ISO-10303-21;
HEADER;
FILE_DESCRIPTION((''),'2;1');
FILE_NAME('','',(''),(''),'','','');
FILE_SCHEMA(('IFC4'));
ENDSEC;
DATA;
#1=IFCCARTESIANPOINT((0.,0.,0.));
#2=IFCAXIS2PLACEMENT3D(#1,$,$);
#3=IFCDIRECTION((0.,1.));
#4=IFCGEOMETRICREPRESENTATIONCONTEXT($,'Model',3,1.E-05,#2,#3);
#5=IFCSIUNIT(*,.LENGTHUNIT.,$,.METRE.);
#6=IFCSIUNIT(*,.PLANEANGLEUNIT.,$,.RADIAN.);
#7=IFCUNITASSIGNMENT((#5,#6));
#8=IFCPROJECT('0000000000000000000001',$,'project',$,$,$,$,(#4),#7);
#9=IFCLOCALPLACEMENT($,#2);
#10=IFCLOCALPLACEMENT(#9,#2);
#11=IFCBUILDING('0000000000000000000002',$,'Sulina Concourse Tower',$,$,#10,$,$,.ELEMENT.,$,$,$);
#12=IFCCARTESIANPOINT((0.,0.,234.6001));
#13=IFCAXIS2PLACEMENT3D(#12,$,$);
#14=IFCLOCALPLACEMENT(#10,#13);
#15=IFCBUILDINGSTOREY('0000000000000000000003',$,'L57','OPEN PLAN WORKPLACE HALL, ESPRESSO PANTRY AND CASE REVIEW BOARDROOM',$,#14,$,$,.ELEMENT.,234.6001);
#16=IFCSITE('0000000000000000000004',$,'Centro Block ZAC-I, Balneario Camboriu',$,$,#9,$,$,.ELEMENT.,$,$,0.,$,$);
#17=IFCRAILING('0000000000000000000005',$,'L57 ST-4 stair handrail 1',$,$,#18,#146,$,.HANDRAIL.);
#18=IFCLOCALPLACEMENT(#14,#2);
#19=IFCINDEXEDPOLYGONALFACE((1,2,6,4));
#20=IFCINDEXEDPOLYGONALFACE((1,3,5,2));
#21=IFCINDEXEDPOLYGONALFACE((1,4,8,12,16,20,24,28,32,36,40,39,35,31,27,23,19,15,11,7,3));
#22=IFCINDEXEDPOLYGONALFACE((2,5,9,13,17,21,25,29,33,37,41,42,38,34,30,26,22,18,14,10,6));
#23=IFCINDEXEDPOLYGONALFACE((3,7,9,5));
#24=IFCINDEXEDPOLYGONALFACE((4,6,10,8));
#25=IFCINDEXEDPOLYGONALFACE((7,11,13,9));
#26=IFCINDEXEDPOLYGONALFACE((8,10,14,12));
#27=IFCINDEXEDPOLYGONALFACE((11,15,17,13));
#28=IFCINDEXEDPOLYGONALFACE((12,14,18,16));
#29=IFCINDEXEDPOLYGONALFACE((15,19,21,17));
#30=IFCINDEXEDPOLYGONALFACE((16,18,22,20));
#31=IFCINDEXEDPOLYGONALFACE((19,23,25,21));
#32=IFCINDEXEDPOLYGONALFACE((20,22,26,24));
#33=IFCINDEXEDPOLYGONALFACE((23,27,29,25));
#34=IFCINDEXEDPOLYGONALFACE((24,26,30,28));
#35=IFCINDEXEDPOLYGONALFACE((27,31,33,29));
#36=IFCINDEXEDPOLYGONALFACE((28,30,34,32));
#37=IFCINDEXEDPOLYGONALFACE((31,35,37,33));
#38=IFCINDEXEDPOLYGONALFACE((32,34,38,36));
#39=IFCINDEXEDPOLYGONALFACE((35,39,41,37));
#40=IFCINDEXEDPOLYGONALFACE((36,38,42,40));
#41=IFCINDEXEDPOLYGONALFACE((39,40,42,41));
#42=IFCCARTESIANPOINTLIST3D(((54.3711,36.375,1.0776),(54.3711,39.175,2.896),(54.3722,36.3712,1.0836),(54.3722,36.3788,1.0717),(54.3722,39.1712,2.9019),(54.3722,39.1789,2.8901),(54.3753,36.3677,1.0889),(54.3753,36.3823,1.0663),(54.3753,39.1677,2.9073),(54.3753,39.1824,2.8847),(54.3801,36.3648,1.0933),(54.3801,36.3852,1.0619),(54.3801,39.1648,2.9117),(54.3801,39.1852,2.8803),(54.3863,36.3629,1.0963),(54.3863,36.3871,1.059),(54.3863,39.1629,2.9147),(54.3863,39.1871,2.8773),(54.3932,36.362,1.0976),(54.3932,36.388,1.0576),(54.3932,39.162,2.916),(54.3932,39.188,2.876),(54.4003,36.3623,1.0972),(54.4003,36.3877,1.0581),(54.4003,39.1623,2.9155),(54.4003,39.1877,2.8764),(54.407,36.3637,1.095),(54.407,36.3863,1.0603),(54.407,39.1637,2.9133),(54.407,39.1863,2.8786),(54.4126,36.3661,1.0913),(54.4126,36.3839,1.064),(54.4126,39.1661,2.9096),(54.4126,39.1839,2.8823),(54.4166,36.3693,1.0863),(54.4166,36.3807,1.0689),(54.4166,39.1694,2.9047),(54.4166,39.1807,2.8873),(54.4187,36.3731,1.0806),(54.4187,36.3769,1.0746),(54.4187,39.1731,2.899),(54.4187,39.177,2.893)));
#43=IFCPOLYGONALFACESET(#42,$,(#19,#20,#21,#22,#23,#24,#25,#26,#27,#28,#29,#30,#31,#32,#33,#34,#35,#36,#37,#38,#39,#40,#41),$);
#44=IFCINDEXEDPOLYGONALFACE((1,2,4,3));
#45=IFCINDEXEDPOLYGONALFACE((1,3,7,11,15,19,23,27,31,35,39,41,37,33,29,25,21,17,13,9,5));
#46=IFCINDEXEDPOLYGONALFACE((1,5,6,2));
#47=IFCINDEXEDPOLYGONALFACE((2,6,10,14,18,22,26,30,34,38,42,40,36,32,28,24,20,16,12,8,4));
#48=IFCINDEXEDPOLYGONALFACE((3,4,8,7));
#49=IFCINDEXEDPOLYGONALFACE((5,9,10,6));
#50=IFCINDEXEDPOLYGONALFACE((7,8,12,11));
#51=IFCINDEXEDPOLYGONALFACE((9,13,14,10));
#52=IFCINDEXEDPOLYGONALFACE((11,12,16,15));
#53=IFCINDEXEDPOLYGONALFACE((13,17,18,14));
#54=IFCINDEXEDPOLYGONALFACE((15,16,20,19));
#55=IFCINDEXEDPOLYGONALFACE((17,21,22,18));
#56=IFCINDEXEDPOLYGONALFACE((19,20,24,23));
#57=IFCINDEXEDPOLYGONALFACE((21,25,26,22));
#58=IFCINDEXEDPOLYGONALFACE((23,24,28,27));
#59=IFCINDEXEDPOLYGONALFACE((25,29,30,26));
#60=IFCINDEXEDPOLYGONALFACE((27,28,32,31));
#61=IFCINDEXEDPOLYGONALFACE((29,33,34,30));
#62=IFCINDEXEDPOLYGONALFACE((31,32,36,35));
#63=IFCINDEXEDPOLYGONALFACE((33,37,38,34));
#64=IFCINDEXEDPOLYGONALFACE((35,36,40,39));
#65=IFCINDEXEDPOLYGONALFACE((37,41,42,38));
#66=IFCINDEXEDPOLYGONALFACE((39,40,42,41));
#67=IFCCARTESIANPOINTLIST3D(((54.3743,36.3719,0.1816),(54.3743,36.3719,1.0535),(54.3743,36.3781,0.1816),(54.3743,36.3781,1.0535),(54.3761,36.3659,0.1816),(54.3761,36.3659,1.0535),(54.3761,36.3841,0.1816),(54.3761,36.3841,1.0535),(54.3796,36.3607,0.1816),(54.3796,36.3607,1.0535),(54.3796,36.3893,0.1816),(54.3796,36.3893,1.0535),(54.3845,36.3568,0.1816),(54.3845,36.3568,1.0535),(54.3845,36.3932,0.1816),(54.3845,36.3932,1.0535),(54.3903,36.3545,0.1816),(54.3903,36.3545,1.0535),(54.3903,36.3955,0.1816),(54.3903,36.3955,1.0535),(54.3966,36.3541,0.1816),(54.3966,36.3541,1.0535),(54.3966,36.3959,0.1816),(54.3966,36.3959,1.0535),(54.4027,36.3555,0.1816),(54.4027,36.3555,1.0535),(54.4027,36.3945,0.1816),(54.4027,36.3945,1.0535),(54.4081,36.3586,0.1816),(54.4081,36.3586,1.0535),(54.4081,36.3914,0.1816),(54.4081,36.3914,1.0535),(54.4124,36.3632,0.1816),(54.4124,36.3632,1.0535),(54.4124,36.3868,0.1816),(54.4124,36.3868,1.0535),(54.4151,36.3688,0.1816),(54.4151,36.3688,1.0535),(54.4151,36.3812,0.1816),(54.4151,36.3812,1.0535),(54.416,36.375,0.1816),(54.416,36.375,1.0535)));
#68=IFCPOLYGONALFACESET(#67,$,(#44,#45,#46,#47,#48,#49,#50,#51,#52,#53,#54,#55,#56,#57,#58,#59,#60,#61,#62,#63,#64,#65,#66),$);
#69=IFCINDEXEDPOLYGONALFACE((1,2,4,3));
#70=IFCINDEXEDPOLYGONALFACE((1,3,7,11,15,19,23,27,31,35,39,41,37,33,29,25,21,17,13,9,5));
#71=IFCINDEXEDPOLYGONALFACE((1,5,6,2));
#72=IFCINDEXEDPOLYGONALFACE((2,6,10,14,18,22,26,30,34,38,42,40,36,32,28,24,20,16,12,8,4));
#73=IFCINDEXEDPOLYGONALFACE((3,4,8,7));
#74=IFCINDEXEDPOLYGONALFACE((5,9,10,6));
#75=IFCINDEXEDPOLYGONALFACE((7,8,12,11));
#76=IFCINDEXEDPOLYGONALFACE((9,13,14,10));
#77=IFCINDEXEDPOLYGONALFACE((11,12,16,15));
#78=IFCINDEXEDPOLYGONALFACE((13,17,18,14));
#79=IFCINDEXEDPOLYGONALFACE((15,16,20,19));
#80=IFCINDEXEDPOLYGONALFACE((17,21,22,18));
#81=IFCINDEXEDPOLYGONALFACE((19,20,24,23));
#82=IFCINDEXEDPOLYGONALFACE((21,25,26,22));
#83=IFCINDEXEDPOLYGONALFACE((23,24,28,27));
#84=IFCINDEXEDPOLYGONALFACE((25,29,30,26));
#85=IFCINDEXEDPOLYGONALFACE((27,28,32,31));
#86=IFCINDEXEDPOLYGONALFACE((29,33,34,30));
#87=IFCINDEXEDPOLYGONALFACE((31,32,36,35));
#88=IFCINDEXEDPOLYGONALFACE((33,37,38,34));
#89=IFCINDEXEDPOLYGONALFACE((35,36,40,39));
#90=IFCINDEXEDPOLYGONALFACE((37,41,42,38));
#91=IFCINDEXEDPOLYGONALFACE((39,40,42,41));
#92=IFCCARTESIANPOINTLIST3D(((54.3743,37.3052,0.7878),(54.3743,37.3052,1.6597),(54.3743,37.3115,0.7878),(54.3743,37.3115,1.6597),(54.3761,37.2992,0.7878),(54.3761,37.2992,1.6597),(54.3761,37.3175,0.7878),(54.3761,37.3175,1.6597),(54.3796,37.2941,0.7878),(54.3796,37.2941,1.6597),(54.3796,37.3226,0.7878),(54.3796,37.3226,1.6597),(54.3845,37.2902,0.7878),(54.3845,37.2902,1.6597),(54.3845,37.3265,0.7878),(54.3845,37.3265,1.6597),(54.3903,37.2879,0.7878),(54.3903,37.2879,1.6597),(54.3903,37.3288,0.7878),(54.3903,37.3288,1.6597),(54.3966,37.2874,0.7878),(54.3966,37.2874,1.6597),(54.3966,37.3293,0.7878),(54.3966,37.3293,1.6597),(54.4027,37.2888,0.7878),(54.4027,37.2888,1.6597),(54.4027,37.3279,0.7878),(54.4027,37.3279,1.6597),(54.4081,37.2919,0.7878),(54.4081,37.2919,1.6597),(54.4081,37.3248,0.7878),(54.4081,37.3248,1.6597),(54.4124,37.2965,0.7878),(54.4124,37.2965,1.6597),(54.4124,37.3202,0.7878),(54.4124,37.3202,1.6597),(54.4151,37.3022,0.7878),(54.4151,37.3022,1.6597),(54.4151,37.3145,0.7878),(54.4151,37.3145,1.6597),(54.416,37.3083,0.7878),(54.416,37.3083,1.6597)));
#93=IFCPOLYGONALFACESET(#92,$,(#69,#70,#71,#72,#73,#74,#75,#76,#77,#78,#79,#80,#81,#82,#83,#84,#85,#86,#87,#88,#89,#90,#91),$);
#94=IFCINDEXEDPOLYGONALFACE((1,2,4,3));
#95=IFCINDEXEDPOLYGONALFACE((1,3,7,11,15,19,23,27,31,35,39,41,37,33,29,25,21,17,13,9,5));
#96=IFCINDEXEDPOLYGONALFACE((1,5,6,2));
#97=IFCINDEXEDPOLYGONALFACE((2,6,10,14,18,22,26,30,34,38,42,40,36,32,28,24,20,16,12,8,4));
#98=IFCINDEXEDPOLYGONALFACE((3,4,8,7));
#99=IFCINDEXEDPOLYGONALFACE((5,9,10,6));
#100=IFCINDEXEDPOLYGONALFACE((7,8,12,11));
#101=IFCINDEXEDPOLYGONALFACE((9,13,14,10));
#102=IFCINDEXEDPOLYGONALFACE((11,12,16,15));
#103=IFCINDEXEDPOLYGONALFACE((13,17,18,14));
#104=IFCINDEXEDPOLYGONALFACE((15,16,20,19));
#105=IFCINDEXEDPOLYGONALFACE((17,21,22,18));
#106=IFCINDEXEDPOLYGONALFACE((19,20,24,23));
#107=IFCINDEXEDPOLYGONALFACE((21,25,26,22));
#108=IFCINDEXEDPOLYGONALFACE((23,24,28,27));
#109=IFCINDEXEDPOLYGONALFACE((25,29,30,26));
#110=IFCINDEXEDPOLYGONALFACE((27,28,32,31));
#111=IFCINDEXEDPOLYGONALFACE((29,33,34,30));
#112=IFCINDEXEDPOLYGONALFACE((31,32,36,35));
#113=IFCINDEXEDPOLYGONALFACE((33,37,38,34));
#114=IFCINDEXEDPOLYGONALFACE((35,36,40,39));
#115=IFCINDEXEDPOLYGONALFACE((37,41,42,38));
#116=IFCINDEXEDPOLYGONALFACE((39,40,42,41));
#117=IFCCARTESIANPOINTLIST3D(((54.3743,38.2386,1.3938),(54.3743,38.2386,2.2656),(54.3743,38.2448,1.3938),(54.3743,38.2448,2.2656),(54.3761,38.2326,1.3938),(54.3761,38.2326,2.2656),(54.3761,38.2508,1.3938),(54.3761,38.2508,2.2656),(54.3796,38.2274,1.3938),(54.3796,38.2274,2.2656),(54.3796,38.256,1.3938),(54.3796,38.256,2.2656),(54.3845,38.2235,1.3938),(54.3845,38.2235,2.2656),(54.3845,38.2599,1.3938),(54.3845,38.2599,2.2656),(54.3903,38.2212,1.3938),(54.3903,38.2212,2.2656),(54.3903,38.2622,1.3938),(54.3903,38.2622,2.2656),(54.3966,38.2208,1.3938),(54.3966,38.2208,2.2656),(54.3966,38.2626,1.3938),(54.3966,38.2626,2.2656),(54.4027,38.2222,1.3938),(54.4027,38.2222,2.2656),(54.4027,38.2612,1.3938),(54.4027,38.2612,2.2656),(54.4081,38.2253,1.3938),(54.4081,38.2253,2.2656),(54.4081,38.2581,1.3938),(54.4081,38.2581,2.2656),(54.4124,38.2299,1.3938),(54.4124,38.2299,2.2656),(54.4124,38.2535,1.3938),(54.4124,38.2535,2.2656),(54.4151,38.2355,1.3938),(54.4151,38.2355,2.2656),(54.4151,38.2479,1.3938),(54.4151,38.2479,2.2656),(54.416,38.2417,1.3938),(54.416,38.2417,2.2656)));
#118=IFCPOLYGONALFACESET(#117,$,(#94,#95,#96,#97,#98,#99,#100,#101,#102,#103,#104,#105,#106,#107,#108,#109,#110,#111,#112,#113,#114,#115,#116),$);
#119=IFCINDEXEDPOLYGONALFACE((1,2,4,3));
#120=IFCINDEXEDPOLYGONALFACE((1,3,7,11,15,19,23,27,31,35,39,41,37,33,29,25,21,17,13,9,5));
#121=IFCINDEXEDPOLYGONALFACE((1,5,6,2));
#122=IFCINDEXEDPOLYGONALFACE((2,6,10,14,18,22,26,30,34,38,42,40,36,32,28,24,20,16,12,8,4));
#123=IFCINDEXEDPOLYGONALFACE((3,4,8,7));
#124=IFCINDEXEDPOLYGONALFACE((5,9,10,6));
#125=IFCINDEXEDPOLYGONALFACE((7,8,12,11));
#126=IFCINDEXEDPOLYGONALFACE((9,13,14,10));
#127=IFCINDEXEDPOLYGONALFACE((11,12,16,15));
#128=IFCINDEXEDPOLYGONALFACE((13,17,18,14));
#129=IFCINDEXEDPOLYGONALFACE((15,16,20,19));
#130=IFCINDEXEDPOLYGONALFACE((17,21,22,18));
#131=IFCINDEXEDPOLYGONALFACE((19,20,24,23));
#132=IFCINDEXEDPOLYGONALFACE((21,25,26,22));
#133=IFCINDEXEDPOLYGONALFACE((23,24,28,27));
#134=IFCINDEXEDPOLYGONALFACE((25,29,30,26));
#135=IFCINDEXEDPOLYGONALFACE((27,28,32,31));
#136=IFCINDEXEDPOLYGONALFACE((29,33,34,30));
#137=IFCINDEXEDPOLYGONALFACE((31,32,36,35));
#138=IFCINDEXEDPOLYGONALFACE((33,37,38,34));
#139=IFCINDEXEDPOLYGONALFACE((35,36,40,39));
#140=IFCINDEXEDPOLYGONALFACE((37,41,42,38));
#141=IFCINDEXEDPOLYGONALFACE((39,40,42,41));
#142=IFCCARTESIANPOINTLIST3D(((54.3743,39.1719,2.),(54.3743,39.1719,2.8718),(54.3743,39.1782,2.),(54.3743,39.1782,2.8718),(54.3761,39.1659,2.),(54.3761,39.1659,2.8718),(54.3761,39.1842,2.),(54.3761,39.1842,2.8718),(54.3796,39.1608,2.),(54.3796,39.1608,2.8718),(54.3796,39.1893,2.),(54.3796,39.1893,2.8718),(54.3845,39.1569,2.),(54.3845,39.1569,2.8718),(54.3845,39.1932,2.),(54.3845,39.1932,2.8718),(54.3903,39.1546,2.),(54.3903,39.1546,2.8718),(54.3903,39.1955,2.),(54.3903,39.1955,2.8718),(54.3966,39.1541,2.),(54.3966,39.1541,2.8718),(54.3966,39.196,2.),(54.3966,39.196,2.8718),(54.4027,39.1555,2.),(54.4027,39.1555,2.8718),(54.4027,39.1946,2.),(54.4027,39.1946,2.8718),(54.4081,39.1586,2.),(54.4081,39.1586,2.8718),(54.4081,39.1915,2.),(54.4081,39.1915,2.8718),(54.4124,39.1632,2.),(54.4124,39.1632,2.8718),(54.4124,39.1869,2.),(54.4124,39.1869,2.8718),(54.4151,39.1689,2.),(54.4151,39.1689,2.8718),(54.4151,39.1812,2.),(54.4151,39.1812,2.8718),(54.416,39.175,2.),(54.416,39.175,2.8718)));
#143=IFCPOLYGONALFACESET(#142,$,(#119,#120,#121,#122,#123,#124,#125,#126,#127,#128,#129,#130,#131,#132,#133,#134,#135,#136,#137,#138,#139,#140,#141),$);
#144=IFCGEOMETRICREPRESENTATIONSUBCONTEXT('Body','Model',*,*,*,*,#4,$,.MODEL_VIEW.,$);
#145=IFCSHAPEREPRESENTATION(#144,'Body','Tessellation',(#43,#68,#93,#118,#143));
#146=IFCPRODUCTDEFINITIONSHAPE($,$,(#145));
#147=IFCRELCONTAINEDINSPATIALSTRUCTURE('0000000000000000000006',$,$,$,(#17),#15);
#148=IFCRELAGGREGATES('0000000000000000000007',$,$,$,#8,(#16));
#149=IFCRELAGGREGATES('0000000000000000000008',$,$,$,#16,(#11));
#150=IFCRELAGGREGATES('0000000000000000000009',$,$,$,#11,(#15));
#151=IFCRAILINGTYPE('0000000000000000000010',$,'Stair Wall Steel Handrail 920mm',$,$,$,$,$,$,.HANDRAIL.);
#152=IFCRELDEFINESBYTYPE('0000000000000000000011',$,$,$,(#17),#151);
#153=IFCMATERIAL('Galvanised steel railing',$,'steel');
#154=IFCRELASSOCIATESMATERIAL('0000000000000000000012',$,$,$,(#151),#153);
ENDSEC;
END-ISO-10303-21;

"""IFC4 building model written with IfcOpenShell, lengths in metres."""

from ifc_helpers import new_model, si_unit, direction, frame, origin, origin_2d, place, context, subcontext, project, spatial, circle, extrude, material, type_object, element, save


model = new_model("IFC4")

# Units and contexts
model_context = context("Model", 3, precision=1e-05, world=origin(), true_north=direction((0.0, 1.0)))
body_context = subcontext(model_context, "Body", "Model", "MODEL_VIEW")
ifc_project = project(units=[si_unit("LENGTHUNIT", "METRE"), si_unit("PLANEANGLEUNIT", "RADIAN")], contexts=[model_context])

# Site, building, storey
site_placement = place(None, origin())
site = spatial("IfcSite", under=ifc_project, at=site_placement, Name="Centro Block ZAC-I, Balneario Camboriu", CompositionType="ELEMENT", RefElevation=0.0)
building_placement = place(site_placement, origin())
building = spatial("IfcBuilding", under=site, at=building_placement, Name="Sulina Concourse Tower", CompositionType="ELEMENT")
storey_placement = place(building_placement, frame((0.0, 0.0, 234.6001)))
storey = spatial("IfcBuildingStorey", under=building, at=storey_placement, Name="L57", Description="OPEN PLAN WORKPLACE HALL, ESPRESSO PANTRY AND CASE REVIEW BOARDROOM", CompositionType="ELEMENT", Elevation=234.6001)

# Railing
ifc_material_1 = material(Name="Galvanised steel railing", Category="steel")
railing_type_1 = type_object("IfcRailingType", Name="Stair Wall Steel Handrail 920mm", PredefinedType="HANDRAIL", material=ifc_material_1)
railing_1_placement = place(storey_placement, frame((54.395, 36.375, 0.1816)))
element("IfcRailing", 1, at=railing_1_placement, inside=storey, type_object=railing_type_1, Name="L57 ST-4 stair handrail 1", PredefinedType="HANDRAIL", context=body_context, shape_type="SweptSolid", body=[
    extrude(circle(Radius=0.0239, at=origin_2d()), frame((0.0, 0.0, 0.896), z_axis=(0.0, 0.838672, 0.544636), x_axis=(-1.0, 0.0, 0.0)), (0.0, 0.0, 1.0), 3.3386),
    extrude(circle(Radius=0.021, at=origin_2d()), origin(), (0.0, 0.0, 1.0), 0.8718),
    extrude(circle(Radius=0.021, at=origin_2d()), frame((0.0, 0.9333, 0.6062)), (0.0, 0.0, 1.0), 0.8718),
    extrude(circle(Radius=0.021, at=origin_2d()), frame((0.0, 1.8667, 1.2122)), (0.0, 0.0, 1.0), 0.8718),
    extrude(circle(Radius=0.021, at=origin_2d()), frame((0.0, 2.8, 1.8184)), (0.0, 0.0, 1.0), 0.8718),
])

save(model, "model.ifc")
